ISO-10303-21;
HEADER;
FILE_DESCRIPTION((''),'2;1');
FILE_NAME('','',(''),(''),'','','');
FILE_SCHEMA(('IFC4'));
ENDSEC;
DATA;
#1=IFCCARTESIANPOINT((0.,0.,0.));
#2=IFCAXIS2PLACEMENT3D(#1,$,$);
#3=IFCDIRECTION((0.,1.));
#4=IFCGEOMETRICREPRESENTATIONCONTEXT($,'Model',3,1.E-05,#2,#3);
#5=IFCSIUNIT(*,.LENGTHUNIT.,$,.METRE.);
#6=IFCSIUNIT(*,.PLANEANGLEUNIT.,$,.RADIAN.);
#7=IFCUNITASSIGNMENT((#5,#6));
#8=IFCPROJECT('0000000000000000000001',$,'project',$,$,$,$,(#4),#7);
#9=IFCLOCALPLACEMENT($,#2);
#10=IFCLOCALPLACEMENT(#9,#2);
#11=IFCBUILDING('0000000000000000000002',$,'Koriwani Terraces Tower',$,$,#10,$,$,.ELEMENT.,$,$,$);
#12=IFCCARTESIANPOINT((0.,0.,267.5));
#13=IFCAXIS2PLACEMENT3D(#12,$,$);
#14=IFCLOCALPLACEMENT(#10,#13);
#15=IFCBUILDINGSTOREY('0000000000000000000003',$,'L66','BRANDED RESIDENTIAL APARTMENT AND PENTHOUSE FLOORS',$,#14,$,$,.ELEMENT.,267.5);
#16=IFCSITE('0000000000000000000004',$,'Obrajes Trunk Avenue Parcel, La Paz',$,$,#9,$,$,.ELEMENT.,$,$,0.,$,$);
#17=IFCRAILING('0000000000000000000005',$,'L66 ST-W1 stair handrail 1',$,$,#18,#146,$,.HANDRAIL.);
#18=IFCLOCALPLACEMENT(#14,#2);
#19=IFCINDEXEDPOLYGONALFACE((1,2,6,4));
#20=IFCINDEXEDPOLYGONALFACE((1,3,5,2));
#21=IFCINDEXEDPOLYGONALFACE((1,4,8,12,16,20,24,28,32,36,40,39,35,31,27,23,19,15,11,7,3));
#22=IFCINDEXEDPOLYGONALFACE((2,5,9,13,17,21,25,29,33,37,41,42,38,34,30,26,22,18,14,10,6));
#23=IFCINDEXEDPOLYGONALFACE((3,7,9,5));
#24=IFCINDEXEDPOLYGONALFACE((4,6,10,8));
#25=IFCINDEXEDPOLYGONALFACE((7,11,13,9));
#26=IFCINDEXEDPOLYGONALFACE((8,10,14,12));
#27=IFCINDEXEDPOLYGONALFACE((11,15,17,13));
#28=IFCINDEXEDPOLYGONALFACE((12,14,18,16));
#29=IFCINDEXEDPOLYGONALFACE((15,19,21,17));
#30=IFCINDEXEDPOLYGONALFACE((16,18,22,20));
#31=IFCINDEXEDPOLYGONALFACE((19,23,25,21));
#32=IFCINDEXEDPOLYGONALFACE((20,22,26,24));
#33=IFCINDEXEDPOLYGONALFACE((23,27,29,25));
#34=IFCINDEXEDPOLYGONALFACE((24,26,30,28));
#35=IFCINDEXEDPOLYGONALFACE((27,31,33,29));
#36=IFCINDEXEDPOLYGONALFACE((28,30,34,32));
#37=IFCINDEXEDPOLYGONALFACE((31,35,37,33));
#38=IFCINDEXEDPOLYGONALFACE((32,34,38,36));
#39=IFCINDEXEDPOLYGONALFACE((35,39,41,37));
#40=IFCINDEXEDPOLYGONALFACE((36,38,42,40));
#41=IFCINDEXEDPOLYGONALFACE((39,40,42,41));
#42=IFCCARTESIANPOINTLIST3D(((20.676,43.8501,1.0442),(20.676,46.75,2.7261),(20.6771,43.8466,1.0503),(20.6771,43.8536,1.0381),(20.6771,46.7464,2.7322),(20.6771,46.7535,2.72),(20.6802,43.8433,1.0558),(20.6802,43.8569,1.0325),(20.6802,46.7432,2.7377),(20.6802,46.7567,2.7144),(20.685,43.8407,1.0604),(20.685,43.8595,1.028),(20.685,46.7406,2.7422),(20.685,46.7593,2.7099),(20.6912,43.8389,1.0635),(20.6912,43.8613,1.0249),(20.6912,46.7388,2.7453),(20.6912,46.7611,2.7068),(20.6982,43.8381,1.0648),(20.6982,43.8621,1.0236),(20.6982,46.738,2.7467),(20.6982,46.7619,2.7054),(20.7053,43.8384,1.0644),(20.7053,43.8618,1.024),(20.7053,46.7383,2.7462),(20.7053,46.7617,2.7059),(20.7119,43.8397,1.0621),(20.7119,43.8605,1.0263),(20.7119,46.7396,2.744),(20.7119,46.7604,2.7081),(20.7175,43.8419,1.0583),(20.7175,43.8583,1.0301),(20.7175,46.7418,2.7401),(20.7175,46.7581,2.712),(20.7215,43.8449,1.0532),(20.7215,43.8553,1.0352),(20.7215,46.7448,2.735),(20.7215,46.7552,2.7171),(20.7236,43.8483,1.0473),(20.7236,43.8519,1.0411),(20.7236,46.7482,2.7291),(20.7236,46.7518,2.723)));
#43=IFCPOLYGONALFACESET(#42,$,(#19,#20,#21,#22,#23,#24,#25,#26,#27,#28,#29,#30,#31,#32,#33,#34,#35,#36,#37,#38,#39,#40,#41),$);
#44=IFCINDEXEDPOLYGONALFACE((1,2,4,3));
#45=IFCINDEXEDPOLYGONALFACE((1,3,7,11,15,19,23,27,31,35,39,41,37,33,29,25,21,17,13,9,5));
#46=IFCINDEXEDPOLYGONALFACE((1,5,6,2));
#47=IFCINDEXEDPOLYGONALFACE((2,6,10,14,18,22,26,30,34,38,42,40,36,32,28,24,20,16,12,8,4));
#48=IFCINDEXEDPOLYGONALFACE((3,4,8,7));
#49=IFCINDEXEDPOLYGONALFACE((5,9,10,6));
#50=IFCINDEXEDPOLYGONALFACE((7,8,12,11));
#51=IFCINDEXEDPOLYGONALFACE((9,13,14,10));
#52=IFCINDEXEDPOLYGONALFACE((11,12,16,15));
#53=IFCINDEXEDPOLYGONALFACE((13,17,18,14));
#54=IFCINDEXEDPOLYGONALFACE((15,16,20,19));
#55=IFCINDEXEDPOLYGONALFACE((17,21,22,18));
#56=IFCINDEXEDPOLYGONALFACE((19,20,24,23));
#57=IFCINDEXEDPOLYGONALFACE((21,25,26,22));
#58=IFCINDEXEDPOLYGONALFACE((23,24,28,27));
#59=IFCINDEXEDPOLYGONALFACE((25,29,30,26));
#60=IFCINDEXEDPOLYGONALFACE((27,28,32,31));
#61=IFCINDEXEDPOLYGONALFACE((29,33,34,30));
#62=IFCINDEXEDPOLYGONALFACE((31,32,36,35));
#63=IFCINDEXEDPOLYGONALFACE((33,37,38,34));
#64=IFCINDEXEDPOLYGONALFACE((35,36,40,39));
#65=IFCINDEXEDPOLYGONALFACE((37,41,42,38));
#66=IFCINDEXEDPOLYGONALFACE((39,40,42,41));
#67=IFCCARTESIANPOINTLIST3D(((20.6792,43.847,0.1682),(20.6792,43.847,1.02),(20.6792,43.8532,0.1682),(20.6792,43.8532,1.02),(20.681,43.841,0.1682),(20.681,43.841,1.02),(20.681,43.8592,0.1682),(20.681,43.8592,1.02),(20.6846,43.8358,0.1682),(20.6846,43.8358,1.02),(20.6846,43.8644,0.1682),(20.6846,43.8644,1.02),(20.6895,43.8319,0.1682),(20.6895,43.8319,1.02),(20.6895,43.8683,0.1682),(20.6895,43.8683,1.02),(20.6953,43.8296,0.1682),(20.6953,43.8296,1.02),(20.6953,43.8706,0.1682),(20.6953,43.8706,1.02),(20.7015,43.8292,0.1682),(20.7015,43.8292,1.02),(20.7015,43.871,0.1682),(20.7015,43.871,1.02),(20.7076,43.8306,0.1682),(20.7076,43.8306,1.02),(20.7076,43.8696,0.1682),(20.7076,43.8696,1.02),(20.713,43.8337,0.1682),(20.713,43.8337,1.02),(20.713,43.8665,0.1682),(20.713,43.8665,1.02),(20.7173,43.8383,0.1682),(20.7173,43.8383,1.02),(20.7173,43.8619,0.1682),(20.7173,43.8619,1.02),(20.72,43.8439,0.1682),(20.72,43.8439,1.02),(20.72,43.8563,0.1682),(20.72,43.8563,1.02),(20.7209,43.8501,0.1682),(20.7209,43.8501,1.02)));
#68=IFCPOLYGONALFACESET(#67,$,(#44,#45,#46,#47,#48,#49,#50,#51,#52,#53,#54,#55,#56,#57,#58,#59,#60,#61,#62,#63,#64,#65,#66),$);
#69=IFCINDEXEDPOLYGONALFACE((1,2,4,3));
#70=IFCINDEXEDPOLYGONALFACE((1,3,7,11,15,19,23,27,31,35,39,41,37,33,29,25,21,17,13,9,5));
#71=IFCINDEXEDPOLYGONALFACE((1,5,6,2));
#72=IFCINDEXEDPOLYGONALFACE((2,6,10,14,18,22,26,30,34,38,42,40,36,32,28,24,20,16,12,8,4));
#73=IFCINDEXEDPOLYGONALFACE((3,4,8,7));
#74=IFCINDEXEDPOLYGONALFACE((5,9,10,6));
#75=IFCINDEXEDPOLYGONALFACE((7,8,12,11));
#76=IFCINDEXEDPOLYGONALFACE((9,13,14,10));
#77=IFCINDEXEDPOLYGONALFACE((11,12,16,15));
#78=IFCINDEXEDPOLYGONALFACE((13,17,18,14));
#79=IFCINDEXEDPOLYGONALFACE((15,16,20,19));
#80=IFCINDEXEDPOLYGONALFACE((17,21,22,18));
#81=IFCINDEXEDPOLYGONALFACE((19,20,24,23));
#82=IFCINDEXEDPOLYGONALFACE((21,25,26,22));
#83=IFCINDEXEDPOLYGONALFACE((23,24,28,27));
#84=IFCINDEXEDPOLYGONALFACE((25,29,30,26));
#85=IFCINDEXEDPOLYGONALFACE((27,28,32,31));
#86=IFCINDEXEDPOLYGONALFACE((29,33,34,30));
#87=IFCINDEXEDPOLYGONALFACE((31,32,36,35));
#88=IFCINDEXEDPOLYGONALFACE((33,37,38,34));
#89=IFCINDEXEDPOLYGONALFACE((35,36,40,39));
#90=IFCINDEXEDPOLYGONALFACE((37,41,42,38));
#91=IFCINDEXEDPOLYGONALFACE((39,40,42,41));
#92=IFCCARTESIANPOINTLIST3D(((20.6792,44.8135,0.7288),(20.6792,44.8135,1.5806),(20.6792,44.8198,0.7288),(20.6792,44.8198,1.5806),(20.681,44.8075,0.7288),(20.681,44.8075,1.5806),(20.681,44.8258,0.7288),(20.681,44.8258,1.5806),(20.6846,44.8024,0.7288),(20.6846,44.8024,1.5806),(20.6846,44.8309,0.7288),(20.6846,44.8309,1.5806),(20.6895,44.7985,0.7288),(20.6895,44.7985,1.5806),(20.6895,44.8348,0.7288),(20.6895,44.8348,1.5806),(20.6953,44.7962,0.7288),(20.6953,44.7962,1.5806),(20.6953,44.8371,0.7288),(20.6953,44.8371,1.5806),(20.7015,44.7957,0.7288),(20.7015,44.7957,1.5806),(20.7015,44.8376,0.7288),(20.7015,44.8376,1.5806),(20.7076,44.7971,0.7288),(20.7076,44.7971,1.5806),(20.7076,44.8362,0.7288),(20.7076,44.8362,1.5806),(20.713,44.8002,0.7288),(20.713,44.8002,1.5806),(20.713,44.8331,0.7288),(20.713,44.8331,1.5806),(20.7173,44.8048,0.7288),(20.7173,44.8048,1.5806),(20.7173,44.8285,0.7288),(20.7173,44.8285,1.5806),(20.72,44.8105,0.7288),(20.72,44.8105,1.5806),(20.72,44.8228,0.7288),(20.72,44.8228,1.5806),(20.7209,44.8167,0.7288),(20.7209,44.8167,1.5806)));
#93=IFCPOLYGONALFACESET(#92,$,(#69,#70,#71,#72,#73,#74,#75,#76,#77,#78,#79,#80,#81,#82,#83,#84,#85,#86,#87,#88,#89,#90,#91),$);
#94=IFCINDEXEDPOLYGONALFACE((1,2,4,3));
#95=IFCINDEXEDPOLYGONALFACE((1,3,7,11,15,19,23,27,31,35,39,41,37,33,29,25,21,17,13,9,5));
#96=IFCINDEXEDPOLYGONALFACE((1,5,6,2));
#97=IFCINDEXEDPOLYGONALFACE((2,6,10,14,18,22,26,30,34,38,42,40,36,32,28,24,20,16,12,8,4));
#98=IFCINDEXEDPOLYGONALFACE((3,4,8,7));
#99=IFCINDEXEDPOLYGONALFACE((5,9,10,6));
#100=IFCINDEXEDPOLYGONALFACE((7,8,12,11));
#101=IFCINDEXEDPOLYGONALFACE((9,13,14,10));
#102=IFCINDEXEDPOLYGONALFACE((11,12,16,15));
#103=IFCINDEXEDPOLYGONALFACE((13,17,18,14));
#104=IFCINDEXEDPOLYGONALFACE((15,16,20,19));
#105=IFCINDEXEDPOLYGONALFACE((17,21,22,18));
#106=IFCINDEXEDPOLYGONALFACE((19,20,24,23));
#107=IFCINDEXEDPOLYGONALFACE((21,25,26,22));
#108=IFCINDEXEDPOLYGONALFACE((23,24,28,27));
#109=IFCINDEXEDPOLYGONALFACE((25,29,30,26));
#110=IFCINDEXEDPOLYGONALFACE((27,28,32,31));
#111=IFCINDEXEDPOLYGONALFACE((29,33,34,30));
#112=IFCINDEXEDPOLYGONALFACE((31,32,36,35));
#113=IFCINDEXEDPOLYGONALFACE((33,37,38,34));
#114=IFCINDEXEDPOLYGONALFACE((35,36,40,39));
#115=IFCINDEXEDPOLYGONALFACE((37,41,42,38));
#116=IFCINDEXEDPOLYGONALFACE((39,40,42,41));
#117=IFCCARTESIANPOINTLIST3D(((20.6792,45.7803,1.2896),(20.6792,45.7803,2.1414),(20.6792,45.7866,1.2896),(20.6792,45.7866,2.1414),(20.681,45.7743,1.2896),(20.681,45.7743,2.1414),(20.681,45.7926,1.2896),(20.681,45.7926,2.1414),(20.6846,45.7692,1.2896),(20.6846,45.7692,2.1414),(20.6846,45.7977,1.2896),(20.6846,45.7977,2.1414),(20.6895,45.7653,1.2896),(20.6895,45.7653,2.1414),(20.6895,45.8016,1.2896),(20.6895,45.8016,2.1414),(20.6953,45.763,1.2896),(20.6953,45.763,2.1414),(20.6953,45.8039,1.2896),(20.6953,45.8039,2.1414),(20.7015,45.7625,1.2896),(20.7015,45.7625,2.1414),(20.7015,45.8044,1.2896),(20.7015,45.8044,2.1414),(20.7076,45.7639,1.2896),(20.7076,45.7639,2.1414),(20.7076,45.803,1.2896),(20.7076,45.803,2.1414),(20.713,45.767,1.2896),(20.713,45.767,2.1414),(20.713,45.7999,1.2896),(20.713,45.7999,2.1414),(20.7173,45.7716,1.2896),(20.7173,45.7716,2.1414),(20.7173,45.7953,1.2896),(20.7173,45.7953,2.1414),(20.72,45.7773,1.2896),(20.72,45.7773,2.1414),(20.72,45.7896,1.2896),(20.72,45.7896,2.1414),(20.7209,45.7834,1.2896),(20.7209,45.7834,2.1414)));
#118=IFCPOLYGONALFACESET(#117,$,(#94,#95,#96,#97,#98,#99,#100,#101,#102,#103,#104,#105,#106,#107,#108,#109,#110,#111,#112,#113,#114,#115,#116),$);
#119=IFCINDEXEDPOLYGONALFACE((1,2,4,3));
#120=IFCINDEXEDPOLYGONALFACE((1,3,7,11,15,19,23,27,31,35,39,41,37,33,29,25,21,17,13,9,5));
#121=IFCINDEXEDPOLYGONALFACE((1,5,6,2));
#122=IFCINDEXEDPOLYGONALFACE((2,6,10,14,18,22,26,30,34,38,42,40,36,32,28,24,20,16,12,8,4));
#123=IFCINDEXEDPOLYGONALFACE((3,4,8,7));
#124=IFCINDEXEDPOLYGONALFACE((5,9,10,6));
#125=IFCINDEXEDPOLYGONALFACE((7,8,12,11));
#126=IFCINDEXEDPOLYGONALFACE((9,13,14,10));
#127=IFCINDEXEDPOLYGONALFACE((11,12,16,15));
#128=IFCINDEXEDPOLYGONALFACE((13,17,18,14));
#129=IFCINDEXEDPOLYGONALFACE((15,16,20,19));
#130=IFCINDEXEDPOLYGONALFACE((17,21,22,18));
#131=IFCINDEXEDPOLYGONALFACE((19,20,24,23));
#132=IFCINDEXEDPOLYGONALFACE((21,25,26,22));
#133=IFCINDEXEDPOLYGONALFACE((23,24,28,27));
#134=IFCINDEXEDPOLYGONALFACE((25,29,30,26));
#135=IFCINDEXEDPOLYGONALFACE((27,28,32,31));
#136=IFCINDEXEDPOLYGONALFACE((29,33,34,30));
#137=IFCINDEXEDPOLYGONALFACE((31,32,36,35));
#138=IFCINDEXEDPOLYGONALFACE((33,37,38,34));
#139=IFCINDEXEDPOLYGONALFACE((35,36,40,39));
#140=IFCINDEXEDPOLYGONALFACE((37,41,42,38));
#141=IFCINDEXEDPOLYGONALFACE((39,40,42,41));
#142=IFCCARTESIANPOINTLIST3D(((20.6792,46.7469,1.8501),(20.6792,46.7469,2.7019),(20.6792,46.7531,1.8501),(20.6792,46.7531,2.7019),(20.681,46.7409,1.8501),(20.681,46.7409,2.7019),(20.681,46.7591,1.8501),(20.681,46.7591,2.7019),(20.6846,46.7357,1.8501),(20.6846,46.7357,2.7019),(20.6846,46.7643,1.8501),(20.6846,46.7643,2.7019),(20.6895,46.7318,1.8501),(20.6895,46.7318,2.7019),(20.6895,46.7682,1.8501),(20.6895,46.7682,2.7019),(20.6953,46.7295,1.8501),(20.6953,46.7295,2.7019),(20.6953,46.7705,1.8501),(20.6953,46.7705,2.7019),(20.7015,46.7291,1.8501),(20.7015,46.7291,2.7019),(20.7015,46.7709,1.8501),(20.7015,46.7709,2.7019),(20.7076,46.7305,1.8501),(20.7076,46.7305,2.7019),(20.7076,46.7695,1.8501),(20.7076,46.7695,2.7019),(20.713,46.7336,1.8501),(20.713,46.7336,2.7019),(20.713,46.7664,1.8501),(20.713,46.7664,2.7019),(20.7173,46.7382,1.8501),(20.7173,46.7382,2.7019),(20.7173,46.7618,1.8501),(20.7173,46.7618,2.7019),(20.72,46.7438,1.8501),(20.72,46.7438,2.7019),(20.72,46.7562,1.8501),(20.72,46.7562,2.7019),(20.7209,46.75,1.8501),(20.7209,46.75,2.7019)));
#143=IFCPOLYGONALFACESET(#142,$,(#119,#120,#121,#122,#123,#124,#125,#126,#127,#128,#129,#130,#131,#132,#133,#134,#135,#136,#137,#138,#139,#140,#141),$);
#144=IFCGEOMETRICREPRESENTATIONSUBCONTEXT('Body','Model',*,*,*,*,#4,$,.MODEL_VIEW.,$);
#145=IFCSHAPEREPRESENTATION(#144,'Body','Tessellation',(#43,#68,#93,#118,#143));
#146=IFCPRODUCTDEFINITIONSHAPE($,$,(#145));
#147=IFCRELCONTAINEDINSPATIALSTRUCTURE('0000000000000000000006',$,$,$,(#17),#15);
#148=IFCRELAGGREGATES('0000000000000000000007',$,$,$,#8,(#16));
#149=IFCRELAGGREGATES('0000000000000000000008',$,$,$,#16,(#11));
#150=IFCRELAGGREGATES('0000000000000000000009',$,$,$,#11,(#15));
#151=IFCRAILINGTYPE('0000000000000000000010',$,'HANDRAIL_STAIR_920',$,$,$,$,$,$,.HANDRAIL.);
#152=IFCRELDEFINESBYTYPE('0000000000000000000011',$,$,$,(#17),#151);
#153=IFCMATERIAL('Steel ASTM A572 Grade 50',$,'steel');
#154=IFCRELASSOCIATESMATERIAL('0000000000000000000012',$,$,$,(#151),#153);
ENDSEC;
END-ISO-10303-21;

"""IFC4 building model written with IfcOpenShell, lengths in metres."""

from ifc_helpers import new_model, si_unit, direction, frame, origin, origin_2d, place, context, subcontext, project, spatial, circle, extrude, material, type_object, element, save


model = new_model("IFC4")

# Units and contexts
model_context = context("Model", 3, precision=1e-05, world=origin(), true_north=direction((0.0, 1.0)))
body_context = subcontext(model_context, "Body", "Model", "MODEL_VIEW")
ifc_project = project(units=[si_unit("LENGTHUNIT", "METRE"), si_unit("PLANEANGLEUNIT", "RADIAN")], contexts=[model_context])

# Site, building, storey
site_placement = place(None, origin())
site = spatial("IfcSite", under=ifc_project, at=site_placement, Name="Obrajes Trunk Avenue Parcel, La Paz", CompositionType="ELEMENT", RefElevation=0.0)
building_placement = place(site_placement, origin())
building = spatial("IfcBuilding", under=site, at=building_placement, Name="Koriwani Terraces Tower", CompositionType="ELEMENT")
storey_placement = place(building_placement, frame((0.0, 0.0, 267.5)))
storey = spatial("IfcBuildingStorey", under=building, at=storey_placement, Name="L66", Description="BRANDED RESIDENTIAL APARTMENT AND PENTHOUSE FLOORS", CompositionType="ELEMENT", Elevation=267.5)

# Shared definitions
ifc_material_1 = material(Name="Steel ASTM A572 Grade 50", Category="steel")

# Railing
railing_type_1 = type_object("IfcRailingType", Name="HANDRAIL_STAIR_920", PredefinedType="HANDRAIL", material=ifc_material_1)
railing_1_placement = place(storey_placement, frame((20.7, 43.8501, 0.1682)))
element("IfcRailing", 1, at=railing_1_placement, inside=storey, type_object=railing_type_1, Name="L66 ST-W1 stair handrail 1", PredefinedType="HANDRAIL", context=body_context, shape_type="SweptSolid", body=[
    extrude(circle(Radius=0.0239, at=origin_2d()), frame((0.0, 0.0, 0.876), z_axis=(0.0, 0.865039, 0.501705), x_axis=(-1.0, 0.0, 0.0)), (0.0, 0.0, 1.0), 3.3523),
    extrude(circle(Radius=0.021, at=origin_2d()), origin(), (0.0, 0.0, 1.0), 0.8518),
    extrude(circle(Radius=0.021, at=origin_2d()), frame((0.0, 0.9666, 0.5605)), (0.0, 0.0, 1.0), 0.8518),
    extrude(circle(Radius=0.021, at=origin_2d()), frame((0.0, 1.9333, 1.1213)), (0.0, 0.0, 1.0), 0.8518),
    extrude(circle(Radius=0.021, at=origin_2d()), frame((0.0, 2.8999, 1.6819)), (0.0, 0.0, 1.0), 0.8518),
])

save(model, "model.ifc")
